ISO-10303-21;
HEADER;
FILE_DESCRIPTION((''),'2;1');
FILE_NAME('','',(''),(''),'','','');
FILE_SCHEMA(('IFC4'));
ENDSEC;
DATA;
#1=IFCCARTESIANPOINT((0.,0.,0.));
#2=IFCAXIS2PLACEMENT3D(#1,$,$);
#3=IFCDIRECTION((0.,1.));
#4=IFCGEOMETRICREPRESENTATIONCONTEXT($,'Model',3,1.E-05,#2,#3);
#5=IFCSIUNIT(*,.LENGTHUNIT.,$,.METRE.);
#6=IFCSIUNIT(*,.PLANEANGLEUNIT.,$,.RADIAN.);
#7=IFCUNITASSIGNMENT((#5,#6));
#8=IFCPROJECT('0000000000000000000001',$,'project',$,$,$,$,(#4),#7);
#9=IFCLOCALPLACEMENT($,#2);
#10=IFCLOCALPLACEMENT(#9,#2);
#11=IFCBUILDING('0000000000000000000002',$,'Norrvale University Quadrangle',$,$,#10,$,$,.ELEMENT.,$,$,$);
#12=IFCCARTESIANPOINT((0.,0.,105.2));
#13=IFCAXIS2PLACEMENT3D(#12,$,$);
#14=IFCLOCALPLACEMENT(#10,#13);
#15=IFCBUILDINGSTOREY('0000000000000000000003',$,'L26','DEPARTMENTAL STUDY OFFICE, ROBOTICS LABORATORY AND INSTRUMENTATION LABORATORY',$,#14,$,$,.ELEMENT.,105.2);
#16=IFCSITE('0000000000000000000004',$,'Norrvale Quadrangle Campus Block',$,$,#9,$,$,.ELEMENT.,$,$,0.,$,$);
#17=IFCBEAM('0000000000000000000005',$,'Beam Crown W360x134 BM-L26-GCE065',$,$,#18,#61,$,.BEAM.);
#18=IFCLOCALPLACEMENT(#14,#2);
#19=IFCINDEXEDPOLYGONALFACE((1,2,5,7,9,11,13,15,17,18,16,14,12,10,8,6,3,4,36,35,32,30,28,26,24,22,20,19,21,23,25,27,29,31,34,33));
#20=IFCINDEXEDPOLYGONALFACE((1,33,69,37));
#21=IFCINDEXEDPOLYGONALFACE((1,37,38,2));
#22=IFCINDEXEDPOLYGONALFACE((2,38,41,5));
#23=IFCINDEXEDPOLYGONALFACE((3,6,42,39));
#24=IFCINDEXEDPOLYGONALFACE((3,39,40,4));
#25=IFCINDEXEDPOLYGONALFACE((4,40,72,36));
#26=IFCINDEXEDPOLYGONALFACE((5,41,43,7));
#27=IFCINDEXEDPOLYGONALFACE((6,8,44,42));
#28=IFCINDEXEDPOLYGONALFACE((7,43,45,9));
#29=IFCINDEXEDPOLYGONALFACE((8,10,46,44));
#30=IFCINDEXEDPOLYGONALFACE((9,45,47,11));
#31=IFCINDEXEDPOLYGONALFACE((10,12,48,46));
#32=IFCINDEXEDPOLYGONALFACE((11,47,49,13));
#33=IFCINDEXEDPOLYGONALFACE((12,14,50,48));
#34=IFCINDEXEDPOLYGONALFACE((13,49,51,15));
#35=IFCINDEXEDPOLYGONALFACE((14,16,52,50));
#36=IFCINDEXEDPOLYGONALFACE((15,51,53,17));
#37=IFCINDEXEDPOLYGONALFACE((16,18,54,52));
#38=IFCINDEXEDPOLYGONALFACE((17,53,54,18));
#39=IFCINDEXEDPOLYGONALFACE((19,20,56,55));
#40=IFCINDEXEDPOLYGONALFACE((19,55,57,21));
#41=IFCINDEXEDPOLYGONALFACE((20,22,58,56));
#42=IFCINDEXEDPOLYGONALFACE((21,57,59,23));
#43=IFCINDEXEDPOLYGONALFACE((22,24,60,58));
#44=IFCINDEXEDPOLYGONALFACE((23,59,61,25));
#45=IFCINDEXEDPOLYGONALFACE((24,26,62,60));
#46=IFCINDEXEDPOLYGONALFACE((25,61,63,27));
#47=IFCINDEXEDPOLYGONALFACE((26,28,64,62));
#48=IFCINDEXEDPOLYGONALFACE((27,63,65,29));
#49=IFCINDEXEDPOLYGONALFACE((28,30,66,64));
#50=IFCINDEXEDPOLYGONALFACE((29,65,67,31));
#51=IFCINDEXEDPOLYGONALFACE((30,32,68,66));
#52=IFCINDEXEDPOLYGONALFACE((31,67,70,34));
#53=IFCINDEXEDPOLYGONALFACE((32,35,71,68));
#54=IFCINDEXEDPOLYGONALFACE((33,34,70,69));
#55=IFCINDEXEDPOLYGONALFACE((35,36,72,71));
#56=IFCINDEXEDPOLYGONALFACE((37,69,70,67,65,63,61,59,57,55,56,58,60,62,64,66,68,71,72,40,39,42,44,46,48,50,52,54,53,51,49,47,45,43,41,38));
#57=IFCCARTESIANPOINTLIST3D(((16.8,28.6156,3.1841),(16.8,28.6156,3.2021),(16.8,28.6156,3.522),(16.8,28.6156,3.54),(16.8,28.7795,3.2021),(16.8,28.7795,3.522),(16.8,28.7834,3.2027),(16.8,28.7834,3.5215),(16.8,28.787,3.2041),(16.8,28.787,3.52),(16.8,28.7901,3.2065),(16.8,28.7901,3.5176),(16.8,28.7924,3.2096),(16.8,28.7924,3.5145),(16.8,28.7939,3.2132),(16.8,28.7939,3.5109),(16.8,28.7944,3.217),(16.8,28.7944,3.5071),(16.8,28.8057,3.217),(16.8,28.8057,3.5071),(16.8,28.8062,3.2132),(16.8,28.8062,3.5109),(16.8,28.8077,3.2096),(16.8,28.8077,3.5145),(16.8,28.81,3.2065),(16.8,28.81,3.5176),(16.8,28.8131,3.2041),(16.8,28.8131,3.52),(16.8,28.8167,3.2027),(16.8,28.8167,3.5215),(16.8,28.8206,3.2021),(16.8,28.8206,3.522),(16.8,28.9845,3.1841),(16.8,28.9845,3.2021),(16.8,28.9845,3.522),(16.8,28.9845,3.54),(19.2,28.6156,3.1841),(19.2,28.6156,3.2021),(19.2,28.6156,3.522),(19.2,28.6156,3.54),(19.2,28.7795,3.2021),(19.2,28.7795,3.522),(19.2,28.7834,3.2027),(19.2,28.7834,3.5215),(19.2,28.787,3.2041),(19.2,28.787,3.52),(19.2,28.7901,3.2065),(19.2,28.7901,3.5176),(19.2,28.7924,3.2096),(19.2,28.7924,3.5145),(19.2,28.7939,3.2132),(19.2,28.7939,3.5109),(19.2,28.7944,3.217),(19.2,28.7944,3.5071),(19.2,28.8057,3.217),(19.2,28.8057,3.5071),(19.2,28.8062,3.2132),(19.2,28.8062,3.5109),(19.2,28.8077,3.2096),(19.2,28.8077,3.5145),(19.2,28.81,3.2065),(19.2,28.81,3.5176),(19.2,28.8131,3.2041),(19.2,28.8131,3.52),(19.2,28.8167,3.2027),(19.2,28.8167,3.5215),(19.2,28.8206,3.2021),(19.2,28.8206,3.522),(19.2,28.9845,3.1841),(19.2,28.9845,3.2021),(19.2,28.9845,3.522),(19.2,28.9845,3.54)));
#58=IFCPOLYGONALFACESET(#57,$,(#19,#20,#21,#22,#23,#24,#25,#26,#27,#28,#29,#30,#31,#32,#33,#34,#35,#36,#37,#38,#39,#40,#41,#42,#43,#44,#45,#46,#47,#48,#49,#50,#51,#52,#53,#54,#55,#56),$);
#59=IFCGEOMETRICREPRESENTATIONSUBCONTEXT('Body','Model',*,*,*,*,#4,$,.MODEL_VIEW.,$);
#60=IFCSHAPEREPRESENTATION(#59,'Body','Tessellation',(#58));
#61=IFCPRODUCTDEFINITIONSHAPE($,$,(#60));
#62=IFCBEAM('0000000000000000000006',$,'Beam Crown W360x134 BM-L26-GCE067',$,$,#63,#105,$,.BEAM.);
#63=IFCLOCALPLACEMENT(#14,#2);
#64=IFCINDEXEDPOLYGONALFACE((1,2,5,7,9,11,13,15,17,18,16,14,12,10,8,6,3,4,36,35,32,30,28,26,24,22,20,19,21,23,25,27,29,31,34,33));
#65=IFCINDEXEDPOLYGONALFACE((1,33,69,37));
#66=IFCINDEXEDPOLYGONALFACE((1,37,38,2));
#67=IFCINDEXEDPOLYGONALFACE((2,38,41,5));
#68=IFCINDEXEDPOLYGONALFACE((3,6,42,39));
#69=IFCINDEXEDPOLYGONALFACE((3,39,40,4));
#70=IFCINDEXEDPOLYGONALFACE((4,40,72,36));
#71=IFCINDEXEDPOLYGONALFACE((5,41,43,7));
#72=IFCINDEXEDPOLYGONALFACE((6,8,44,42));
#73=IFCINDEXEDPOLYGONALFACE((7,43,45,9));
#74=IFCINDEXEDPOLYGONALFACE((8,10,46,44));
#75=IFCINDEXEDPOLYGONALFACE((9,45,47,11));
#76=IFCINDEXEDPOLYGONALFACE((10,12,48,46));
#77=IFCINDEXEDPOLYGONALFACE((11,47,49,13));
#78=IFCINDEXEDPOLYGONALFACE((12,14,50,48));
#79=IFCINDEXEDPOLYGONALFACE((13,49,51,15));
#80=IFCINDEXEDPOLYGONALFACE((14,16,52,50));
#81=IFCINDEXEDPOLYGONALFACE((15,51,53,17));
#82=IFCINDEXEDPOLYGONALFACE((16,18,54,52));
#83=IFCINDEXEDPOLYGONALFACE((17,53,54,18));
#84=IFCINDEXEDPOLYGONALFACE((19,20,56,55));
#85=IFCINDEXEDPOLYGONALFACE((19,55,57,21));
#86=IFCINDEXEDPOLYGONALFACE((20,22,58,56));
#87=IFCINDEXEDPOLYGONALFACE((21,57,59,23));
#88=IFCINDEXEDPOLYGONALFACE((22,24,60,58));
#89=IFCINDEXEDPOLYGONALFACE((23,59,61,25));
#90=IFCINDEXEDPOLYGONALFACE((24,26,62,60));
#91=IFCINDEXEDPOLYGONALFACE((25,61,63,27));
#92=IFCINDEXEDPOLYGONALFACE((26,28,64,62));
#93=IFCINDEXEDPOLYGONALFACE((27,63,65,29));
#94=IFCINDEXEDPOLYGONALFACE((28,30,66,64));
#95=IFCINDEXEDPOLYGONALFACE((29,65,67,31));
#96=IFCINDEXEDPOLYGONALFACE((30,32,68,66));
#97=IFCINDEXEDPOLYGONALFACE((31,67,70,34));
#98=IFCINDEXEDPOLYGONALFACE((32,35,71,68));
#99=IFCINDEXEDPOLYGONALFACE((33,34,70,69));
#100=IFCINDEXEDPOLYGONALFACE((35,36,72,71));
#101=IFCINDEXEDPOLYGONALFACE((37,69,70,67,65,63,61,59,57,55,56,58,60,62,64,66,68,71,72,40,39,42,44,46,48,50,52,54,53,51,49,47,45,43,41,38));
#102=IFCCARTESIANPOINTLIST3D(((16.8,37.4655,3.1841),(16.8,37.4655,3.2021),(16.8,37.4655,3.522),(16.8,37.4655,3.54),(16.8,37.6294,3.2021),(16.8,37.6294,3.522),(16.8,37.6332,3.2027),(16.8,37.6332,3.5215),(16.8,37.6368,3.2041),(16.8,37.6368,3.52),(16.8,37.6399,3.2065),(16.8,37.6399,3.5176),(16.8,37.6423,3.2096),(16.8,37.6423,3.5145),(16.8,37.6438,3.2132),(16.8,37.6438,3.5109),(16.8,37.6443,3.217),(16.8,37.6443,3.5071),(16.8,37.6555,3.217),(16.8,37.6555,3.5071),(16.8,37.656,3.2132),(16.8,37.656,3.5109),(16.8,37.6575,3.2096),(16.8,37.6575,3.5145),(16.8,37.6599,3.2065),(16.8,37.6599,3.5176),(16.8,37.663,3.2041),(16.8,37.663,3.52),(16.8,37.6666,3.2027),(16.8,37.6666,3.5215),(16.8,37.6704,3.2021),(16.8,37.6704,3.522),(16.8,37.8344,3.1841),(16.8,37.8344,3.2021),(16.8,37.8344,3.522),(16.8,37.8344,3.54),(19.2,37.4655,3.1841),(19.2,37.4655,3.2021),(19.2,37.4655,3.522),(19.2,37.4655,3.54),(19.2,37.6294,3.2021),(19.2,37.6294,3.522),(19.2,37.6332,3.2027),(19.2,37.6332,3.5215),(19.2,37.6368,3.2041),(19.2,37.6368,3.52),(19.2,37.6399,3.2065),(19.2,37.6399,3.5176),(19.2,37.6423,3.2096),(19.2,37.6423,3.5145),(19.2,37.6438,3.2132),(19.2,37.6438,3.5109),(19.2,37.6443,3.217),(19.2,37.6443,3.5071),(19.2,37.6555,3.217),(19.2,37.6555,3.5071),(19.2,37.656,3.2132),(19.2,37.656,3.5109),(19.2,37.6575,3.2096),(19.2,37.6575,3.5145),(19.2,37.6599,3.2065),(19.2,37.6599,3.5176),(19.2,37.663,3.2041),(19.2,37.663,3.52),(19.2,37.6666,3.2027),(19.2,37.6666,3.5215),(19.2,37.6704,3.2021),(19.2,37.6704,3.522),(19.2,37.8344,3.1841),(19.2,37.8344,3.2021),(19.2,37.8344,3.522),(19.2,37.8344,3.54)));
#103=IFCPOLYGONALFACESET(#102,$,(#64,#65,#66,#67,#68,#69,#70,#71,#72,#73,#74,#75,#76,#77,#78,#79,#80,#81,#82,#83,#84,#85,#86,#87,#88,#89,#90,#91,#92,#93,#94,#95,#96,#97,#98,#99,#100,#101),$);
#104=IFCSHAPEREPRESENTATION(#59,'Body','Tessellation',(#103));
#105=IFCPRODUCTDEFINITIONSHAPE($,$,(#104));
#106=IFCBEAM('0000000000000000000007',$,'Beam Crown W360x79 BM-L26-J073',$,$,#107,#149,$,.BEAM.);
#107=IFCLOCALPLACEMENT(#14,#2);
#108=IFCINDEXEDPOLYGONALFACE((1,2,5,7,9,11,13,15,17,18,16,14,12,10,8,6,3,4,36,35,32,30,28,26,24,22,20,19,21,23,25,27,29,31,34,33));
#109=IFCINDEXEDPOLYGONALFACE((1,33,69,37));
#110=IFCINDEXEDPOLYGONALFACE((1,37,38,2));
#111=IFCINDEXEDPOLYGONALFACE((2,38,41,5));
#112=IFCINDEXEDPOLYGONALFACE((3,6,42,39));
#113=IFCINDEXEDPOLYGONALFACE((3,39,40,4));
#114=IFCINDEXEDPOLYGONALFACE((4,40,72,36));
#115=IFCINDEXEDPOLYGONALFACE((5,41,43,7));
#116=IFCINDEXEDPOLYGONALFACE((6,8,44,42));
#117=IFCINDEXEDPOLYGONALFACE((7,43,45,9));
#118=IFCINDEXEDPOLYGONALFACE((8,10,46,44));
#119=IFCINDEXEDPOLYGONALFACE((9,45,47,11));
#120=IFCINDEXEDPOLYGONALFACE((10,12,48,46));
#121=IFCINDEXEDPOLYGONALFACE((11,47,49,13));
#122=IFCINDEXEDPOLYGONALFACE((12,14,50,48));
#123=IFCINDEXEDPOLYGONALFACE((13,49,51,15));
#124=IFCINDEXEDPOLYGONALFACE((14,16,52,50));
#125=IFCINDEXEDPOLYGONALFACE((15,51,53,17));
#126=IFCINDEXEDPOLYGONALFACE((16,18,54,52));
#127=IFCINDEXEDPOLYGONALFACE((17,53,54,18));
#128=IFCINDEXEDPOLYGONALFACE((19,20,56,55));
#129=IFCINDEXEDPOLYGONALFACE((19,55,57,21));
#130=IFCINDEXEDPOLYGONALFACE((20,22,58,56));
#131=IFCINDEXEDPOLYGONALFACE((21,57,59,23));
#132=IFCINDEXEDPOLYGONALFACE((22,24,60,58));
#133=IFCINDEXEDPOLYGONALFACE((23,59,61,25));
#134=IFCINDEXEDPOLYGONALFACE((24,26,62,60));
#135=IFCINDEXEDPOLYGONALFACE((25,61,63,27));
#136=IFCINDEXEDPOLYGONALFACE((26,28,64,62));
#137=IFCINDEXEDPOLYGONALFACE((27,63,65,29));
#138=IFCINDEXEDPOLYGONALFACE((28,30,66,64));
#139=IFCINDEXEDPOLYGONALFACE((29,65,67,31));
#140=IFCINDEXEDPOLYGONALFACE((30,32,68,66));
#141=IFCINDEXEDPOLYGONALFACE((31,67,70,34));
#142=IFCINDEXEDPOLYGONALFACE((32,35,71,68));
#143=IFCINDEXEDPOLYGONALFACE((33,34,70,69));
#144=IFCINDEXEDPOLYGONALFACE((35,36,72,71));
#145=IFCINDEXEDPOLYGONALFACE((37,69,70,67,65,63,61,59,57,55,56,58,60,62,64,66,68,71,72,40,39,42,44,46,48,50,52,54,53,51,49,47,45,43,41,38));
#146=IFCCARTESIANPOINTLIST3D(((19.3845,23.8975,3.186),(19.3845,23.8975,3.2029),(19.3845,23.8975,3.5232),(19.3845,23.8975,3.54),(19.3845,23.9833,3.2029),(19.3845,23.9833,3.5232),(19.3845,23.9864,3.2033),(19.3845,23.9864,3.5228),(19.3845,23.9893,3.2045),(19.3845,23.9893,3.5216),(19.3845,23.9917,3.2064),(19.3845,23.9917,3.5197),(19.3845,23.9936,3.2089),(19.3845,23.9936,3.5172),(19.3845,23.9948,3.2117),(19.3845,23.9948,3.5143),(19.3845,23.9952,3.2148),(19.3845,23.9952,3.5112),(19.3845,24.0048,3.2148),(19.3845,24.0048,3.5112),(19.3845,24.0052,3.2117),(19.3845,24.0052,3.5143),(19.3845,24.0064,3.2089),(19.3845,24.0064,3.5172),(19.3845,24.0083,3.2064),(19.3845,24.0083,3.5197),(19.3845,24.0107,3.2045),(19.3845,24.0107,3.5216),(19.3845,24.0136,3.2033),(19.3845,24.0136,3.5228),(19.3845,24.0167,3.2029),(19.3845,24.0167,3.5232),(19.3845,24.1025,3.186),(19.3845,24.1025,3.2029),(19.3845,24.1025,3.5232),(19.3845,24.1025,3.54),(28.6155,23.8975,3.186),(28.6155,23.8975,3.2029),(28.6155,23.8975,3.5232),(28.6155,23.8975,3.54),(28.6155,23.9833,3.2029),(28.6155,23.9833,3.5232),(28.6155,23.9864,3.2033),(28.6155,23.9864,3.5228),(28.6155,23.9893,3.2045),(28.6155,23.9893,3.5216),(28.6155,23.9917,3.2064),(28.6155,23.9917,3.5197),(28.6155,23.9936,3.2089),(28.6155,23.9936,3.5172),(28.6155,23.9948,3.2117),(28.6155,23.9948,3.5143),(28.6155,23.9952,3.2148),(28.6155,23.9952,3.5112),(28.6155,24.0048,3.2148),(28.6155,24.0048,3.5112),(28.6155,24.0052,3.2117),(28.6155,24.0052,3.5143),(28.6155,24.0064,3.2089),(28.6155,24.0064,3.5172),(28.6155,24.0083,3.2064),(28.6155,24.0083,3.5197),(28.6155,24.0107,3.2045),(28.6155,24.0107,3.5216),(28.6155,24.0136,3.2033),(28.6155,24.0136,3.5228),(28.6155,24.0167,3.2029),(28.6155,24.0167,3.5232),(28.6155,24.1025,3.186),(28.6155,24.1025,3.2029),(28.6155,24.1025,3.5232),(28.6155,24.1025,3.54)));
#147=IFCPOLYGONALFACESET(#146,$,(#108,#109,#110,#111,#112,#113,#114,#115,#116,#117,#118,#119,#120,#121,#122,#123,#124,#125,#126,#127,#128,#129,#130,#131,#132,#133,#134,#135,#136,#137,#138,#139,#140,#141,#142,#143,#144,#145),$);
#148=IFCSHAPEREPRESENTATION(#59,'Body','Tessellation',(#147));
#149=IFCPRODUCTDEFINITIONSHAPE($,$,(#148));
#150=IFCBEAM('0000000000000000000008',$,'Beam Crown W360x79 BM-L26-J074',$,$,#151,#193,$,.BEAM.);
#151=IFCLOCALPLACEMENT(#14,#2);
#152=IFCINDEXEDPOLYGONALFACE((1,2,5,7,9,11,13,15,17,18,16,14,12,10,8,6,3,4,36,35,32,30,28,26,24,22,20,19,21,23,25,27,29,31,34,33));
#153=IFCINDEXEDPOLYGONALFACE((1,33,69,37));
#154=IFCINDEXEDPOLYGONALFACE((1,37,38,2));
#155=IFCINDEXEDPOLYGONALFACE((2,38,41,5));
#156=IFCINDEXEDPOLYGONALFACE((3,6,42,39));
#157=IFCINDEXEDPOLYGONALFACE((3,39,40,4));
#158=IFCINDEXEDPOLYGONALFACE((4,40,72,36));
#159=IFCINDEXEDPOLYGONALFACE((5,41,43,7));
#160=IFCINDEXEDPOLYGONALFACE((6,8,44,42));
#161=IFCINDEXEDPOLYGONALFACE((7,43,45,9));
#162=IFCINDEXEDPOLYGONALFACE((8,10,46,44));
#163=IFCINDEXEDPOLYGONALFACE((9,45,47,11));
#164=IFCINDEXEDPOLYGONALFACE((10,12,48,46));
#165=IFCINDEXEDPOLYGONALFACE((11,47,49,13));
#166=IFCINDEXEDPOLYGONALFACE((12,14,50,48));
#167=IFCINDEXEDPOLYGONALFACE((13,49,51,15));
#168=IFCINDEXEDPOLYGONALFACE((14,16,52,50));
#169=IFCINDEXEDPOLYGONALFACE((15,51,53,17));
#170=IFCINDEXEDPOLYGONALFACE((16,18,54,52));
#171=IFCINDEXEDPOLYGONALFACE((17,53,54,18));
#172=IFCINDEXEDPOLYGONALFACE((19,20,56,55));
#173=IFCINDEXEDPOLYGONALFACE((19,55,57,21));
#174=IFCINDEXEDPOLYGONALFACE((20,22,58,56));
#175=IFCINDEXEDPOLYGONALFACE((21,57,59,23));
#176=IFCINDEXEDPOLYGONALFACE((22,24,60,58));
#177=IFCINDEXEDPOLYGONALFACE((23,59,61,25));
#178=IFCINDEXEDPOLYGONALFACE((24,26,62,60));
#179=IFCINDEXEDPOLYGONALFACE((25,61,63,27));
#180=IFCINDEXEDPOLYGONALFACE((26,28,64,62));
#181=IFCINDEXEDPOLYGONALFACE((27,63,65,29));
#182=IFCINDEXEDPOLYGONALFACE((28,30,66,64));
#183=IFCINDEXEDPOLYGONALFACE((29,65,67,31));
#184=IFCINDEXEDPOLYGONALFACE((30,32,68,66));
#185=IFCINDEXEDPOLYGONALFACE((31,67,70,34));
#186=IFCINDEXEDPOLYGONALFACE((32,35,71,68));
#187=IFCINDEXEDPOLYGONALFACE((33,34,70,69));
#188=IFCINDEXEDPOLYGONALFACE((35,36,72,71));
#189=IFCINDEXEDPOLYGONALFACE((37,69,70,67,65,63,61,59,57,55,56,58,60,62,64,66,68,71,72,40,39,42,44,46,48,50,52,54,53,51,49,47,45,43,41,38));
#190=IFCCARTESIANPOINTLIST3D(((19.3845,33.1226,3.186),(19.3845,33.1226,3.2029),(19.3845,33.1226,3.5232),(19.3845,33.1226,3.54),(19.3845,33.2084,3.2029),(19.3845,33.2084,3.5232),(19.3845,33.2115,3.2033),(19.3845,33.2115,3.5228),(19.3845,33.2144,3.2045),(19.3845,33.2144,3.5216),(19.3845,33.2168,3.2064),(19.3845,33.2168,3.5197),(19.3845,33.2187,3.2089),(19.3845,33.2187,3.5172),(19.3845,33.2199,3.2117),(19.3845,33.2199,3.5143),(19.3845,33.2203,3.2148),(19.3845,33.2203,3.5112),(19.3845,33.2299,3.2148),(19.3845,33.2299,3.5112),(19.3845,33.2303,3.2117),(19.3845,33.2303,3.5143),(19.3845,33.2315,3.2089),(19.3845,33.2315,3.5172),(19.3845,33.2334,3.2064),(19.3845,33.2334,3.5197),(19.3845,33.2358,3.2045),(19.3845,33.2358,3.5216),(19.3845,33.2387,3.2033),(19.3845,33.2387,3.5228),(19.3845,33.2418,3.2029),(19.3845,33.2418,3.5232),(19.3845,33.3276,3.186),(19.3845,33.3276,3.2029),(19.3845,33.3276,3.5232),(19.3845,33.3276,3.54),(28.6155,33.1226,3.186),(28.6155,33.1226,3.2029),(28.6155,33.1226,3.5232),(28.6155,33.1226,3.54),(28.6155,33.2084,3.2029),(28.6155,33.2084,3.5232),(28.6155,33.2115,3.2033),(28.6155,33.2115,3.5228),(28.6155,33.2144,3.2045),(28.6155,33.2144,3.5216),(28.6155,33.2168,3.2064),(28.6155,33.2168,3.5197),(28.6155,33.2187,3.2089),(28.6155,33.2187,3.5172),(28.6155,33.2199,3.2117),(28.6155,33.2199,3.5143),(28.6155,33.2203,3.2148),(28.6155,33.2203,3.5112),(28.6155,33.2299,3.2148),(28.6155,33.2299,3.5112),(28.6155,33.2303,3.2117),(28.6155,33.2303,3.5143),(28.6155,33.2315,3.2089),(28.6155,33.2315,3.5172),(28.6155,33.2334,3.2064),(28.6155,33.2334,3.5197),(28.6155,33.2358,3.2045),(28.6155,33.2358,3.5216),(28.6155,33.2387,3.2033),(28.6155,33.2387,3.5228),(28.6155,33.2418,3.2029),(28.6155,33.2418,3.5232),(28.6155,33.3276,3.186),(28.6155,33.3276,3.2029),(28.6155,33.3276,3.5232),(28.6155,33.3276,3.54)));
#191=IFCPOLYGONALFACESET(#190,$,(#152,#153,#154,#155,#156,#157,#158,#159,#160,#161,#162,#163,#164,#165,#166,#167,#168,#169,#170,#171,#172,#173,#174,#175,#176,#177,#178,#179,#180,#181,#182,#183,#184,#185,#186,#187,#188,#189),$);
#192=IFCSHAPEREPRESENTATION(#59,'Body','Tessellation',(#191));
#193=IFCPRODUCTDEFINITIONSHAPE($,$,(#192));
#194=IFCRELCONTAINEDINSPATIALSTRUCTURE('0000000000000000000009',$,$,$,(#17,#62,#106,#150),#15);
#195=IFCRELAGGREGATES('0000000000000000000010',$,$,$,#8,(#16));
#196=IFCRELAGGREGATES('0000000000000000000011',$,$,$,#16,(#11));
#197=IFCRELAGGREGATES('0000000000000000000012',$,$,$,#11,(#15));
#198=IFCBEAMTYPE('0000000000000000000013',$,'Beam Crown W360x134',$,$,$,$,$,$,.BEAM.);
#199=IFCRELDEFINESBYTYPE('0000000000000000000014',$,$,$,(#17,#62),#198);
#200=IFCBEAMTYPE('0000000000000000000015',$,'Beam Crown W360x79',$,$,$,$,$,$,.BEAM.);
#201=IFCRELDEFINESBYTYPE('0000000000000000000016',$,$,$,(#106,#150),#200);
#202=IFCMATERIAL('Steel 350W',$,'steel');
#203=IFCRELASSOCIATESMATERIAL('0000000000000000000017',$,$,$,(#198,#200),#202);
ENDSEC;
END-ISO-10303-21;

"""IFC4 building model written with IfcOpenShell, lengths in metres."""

from ifc_helpers import new_model, si_unit, direction, frame, origin, origin_2d, place, context, subcontext, project, spatial, i_section, extrude, material, material_profile, profile_set, type_object, element, save


model = new_model("IFC4")

# Units and contexts
model_context = context("Model", 3, precision=1e-05, world=origin(), true_north=direction((0.0, 1.0)))
body_context = subcontext(model_context, "Body", "Model", "MODEL_VIEW")
ifc_project = project(units=[si_unit("LENGTHUNIT", "METRE"), si_unit("PLANEANGLEUNIT", "RADIAN")], contexts=[model_context])

# Site, building, storey
site_placement = place(None, origin())
site = spatial("IfcSite", under=ifc_project, at=site_placement, Name="Norrvale Quadrangle Campus Block", CompositionType="ELEMENT", RefElevation=0.0)
building_placement = place(site_placement, origin())
building = spatial("IfcBuilding", under=site, at=building_placement, Name="Norrvale University Quadrangle", CompositionType="ELEMENT")
storey_placement = place(building_placement, frame((0.0, 0.0, 105.2)))
storey = spatial("IfcBuildingStorey", under=building, at=storey_placement, Name="L26", Description="DEPARTMENTAL STUDY OFFICE, ROBOTICS LABORATORY AND INSTRUMENTATION LABORATORY", CompositionType="ELEMENT", Elevation=105.2)

# Beams
ifc_material_1 = material(Name="Steel 350W", Category="steel")
ifc_material_profile_1 = material_profile(ifc_material_1, i_section(OverallWidth=0.3689, OverallDepth=0.356, WebThickness=0.0112, FlangeThickness=0.0181, FilletRadius=0.0149, at=origin_2d()), Name="Steel 350W")
ifc_profile_set_1 = profile_set([ifc_material_profile_1], Name="Steel 350W")
beam_type_1 = type_object("IfcBeamType", Name="Beam Crown W360x134", PredefinedType="BEAM", material=ifc_profile_set_1)
for number, where, z_axis, x_axis, name in (
    (1, (16.8, 28.8, 3.3621), (1.0, 0.0, 0.0), (0.0, 1.0, 0.0), "Beam Crown W360x134 BM-L26-GCE065"),
    (2, (16.8, 37.6499, 3.3621), (1.0, 0.0, 0.0), (0.0, 1.0, 0.0), "Beam Crown W360x134 BM-L26-GCE067"),
):
    element("IfcBeam", number, at=place(storey_placement, frame(where, z_axis=z_axis, x_axis=x_axis)), inside=storey, type_object=beam_type_1, Name=name, PredefinedType="BEAM", context=body_context, shape_type="SweptSolid", body=[
        extrude(i_section(OverallWidth=0.3689, OverallDepth=0.356, WebThickness=0.0112, FlangeThickness=0.0181, FilletRadius=0.0149, at=origin_2d()), origin(), (0.0, 0.0, 1.0), 2.3999),
    ])
ifc_material_profile_2 = material_profile(ifc_material_1, i_section(OverallWidth=0.2051, OverallDepth=0.354, WebThickness=0.0095, FlangeThickness=0.0168, FilletRadius=0.012, at=origin_2d()), Name="Steel 350W")
ifc_profile_set_2 = profile_set([ifc_material_profile_2], Name="Steel 350W")
beam_type_2 = type_object("IfcBeamType", Name="Beam Crown W360x79", PredefinedType="BEAM", material=ifc_profile_set_2)
for number, where, z_axis, x_axis, name in (
    (3, (19.3845, 24.0, 3.363), (1.0, 0.0, 0.0), (0.0, 1.0, 0.0), "Beam Crown W360x79 BM-L26-J073"),
    (4, (19.3845, 33.2251, 3.363), (1.0, 0.0, 0.0), (0.0, 1.0, 0.0), "Beam Crown W360x79 BM-L26-J074"),
):
    element("IfcBeam", number, at=place(storey_placement, frame(where, z_axis=z_axis, x_axis=x_axis)), inside=storey, type_object=beam_type_2, Name=name, PredefinedType="BEAM", context=body_context, shape_type="SweptSolid", body=[
        extrude(i_section(OverallWidth=0.2051, OverallDepth=0.354, WebThickness=0.0095, FlangeThickness=0.0168, FilletRadius=0.012, at=origin_2d()), origin(), (0.0, 0.0, 1.0), 9.231),
    ])

save(model, "model.ifc")
